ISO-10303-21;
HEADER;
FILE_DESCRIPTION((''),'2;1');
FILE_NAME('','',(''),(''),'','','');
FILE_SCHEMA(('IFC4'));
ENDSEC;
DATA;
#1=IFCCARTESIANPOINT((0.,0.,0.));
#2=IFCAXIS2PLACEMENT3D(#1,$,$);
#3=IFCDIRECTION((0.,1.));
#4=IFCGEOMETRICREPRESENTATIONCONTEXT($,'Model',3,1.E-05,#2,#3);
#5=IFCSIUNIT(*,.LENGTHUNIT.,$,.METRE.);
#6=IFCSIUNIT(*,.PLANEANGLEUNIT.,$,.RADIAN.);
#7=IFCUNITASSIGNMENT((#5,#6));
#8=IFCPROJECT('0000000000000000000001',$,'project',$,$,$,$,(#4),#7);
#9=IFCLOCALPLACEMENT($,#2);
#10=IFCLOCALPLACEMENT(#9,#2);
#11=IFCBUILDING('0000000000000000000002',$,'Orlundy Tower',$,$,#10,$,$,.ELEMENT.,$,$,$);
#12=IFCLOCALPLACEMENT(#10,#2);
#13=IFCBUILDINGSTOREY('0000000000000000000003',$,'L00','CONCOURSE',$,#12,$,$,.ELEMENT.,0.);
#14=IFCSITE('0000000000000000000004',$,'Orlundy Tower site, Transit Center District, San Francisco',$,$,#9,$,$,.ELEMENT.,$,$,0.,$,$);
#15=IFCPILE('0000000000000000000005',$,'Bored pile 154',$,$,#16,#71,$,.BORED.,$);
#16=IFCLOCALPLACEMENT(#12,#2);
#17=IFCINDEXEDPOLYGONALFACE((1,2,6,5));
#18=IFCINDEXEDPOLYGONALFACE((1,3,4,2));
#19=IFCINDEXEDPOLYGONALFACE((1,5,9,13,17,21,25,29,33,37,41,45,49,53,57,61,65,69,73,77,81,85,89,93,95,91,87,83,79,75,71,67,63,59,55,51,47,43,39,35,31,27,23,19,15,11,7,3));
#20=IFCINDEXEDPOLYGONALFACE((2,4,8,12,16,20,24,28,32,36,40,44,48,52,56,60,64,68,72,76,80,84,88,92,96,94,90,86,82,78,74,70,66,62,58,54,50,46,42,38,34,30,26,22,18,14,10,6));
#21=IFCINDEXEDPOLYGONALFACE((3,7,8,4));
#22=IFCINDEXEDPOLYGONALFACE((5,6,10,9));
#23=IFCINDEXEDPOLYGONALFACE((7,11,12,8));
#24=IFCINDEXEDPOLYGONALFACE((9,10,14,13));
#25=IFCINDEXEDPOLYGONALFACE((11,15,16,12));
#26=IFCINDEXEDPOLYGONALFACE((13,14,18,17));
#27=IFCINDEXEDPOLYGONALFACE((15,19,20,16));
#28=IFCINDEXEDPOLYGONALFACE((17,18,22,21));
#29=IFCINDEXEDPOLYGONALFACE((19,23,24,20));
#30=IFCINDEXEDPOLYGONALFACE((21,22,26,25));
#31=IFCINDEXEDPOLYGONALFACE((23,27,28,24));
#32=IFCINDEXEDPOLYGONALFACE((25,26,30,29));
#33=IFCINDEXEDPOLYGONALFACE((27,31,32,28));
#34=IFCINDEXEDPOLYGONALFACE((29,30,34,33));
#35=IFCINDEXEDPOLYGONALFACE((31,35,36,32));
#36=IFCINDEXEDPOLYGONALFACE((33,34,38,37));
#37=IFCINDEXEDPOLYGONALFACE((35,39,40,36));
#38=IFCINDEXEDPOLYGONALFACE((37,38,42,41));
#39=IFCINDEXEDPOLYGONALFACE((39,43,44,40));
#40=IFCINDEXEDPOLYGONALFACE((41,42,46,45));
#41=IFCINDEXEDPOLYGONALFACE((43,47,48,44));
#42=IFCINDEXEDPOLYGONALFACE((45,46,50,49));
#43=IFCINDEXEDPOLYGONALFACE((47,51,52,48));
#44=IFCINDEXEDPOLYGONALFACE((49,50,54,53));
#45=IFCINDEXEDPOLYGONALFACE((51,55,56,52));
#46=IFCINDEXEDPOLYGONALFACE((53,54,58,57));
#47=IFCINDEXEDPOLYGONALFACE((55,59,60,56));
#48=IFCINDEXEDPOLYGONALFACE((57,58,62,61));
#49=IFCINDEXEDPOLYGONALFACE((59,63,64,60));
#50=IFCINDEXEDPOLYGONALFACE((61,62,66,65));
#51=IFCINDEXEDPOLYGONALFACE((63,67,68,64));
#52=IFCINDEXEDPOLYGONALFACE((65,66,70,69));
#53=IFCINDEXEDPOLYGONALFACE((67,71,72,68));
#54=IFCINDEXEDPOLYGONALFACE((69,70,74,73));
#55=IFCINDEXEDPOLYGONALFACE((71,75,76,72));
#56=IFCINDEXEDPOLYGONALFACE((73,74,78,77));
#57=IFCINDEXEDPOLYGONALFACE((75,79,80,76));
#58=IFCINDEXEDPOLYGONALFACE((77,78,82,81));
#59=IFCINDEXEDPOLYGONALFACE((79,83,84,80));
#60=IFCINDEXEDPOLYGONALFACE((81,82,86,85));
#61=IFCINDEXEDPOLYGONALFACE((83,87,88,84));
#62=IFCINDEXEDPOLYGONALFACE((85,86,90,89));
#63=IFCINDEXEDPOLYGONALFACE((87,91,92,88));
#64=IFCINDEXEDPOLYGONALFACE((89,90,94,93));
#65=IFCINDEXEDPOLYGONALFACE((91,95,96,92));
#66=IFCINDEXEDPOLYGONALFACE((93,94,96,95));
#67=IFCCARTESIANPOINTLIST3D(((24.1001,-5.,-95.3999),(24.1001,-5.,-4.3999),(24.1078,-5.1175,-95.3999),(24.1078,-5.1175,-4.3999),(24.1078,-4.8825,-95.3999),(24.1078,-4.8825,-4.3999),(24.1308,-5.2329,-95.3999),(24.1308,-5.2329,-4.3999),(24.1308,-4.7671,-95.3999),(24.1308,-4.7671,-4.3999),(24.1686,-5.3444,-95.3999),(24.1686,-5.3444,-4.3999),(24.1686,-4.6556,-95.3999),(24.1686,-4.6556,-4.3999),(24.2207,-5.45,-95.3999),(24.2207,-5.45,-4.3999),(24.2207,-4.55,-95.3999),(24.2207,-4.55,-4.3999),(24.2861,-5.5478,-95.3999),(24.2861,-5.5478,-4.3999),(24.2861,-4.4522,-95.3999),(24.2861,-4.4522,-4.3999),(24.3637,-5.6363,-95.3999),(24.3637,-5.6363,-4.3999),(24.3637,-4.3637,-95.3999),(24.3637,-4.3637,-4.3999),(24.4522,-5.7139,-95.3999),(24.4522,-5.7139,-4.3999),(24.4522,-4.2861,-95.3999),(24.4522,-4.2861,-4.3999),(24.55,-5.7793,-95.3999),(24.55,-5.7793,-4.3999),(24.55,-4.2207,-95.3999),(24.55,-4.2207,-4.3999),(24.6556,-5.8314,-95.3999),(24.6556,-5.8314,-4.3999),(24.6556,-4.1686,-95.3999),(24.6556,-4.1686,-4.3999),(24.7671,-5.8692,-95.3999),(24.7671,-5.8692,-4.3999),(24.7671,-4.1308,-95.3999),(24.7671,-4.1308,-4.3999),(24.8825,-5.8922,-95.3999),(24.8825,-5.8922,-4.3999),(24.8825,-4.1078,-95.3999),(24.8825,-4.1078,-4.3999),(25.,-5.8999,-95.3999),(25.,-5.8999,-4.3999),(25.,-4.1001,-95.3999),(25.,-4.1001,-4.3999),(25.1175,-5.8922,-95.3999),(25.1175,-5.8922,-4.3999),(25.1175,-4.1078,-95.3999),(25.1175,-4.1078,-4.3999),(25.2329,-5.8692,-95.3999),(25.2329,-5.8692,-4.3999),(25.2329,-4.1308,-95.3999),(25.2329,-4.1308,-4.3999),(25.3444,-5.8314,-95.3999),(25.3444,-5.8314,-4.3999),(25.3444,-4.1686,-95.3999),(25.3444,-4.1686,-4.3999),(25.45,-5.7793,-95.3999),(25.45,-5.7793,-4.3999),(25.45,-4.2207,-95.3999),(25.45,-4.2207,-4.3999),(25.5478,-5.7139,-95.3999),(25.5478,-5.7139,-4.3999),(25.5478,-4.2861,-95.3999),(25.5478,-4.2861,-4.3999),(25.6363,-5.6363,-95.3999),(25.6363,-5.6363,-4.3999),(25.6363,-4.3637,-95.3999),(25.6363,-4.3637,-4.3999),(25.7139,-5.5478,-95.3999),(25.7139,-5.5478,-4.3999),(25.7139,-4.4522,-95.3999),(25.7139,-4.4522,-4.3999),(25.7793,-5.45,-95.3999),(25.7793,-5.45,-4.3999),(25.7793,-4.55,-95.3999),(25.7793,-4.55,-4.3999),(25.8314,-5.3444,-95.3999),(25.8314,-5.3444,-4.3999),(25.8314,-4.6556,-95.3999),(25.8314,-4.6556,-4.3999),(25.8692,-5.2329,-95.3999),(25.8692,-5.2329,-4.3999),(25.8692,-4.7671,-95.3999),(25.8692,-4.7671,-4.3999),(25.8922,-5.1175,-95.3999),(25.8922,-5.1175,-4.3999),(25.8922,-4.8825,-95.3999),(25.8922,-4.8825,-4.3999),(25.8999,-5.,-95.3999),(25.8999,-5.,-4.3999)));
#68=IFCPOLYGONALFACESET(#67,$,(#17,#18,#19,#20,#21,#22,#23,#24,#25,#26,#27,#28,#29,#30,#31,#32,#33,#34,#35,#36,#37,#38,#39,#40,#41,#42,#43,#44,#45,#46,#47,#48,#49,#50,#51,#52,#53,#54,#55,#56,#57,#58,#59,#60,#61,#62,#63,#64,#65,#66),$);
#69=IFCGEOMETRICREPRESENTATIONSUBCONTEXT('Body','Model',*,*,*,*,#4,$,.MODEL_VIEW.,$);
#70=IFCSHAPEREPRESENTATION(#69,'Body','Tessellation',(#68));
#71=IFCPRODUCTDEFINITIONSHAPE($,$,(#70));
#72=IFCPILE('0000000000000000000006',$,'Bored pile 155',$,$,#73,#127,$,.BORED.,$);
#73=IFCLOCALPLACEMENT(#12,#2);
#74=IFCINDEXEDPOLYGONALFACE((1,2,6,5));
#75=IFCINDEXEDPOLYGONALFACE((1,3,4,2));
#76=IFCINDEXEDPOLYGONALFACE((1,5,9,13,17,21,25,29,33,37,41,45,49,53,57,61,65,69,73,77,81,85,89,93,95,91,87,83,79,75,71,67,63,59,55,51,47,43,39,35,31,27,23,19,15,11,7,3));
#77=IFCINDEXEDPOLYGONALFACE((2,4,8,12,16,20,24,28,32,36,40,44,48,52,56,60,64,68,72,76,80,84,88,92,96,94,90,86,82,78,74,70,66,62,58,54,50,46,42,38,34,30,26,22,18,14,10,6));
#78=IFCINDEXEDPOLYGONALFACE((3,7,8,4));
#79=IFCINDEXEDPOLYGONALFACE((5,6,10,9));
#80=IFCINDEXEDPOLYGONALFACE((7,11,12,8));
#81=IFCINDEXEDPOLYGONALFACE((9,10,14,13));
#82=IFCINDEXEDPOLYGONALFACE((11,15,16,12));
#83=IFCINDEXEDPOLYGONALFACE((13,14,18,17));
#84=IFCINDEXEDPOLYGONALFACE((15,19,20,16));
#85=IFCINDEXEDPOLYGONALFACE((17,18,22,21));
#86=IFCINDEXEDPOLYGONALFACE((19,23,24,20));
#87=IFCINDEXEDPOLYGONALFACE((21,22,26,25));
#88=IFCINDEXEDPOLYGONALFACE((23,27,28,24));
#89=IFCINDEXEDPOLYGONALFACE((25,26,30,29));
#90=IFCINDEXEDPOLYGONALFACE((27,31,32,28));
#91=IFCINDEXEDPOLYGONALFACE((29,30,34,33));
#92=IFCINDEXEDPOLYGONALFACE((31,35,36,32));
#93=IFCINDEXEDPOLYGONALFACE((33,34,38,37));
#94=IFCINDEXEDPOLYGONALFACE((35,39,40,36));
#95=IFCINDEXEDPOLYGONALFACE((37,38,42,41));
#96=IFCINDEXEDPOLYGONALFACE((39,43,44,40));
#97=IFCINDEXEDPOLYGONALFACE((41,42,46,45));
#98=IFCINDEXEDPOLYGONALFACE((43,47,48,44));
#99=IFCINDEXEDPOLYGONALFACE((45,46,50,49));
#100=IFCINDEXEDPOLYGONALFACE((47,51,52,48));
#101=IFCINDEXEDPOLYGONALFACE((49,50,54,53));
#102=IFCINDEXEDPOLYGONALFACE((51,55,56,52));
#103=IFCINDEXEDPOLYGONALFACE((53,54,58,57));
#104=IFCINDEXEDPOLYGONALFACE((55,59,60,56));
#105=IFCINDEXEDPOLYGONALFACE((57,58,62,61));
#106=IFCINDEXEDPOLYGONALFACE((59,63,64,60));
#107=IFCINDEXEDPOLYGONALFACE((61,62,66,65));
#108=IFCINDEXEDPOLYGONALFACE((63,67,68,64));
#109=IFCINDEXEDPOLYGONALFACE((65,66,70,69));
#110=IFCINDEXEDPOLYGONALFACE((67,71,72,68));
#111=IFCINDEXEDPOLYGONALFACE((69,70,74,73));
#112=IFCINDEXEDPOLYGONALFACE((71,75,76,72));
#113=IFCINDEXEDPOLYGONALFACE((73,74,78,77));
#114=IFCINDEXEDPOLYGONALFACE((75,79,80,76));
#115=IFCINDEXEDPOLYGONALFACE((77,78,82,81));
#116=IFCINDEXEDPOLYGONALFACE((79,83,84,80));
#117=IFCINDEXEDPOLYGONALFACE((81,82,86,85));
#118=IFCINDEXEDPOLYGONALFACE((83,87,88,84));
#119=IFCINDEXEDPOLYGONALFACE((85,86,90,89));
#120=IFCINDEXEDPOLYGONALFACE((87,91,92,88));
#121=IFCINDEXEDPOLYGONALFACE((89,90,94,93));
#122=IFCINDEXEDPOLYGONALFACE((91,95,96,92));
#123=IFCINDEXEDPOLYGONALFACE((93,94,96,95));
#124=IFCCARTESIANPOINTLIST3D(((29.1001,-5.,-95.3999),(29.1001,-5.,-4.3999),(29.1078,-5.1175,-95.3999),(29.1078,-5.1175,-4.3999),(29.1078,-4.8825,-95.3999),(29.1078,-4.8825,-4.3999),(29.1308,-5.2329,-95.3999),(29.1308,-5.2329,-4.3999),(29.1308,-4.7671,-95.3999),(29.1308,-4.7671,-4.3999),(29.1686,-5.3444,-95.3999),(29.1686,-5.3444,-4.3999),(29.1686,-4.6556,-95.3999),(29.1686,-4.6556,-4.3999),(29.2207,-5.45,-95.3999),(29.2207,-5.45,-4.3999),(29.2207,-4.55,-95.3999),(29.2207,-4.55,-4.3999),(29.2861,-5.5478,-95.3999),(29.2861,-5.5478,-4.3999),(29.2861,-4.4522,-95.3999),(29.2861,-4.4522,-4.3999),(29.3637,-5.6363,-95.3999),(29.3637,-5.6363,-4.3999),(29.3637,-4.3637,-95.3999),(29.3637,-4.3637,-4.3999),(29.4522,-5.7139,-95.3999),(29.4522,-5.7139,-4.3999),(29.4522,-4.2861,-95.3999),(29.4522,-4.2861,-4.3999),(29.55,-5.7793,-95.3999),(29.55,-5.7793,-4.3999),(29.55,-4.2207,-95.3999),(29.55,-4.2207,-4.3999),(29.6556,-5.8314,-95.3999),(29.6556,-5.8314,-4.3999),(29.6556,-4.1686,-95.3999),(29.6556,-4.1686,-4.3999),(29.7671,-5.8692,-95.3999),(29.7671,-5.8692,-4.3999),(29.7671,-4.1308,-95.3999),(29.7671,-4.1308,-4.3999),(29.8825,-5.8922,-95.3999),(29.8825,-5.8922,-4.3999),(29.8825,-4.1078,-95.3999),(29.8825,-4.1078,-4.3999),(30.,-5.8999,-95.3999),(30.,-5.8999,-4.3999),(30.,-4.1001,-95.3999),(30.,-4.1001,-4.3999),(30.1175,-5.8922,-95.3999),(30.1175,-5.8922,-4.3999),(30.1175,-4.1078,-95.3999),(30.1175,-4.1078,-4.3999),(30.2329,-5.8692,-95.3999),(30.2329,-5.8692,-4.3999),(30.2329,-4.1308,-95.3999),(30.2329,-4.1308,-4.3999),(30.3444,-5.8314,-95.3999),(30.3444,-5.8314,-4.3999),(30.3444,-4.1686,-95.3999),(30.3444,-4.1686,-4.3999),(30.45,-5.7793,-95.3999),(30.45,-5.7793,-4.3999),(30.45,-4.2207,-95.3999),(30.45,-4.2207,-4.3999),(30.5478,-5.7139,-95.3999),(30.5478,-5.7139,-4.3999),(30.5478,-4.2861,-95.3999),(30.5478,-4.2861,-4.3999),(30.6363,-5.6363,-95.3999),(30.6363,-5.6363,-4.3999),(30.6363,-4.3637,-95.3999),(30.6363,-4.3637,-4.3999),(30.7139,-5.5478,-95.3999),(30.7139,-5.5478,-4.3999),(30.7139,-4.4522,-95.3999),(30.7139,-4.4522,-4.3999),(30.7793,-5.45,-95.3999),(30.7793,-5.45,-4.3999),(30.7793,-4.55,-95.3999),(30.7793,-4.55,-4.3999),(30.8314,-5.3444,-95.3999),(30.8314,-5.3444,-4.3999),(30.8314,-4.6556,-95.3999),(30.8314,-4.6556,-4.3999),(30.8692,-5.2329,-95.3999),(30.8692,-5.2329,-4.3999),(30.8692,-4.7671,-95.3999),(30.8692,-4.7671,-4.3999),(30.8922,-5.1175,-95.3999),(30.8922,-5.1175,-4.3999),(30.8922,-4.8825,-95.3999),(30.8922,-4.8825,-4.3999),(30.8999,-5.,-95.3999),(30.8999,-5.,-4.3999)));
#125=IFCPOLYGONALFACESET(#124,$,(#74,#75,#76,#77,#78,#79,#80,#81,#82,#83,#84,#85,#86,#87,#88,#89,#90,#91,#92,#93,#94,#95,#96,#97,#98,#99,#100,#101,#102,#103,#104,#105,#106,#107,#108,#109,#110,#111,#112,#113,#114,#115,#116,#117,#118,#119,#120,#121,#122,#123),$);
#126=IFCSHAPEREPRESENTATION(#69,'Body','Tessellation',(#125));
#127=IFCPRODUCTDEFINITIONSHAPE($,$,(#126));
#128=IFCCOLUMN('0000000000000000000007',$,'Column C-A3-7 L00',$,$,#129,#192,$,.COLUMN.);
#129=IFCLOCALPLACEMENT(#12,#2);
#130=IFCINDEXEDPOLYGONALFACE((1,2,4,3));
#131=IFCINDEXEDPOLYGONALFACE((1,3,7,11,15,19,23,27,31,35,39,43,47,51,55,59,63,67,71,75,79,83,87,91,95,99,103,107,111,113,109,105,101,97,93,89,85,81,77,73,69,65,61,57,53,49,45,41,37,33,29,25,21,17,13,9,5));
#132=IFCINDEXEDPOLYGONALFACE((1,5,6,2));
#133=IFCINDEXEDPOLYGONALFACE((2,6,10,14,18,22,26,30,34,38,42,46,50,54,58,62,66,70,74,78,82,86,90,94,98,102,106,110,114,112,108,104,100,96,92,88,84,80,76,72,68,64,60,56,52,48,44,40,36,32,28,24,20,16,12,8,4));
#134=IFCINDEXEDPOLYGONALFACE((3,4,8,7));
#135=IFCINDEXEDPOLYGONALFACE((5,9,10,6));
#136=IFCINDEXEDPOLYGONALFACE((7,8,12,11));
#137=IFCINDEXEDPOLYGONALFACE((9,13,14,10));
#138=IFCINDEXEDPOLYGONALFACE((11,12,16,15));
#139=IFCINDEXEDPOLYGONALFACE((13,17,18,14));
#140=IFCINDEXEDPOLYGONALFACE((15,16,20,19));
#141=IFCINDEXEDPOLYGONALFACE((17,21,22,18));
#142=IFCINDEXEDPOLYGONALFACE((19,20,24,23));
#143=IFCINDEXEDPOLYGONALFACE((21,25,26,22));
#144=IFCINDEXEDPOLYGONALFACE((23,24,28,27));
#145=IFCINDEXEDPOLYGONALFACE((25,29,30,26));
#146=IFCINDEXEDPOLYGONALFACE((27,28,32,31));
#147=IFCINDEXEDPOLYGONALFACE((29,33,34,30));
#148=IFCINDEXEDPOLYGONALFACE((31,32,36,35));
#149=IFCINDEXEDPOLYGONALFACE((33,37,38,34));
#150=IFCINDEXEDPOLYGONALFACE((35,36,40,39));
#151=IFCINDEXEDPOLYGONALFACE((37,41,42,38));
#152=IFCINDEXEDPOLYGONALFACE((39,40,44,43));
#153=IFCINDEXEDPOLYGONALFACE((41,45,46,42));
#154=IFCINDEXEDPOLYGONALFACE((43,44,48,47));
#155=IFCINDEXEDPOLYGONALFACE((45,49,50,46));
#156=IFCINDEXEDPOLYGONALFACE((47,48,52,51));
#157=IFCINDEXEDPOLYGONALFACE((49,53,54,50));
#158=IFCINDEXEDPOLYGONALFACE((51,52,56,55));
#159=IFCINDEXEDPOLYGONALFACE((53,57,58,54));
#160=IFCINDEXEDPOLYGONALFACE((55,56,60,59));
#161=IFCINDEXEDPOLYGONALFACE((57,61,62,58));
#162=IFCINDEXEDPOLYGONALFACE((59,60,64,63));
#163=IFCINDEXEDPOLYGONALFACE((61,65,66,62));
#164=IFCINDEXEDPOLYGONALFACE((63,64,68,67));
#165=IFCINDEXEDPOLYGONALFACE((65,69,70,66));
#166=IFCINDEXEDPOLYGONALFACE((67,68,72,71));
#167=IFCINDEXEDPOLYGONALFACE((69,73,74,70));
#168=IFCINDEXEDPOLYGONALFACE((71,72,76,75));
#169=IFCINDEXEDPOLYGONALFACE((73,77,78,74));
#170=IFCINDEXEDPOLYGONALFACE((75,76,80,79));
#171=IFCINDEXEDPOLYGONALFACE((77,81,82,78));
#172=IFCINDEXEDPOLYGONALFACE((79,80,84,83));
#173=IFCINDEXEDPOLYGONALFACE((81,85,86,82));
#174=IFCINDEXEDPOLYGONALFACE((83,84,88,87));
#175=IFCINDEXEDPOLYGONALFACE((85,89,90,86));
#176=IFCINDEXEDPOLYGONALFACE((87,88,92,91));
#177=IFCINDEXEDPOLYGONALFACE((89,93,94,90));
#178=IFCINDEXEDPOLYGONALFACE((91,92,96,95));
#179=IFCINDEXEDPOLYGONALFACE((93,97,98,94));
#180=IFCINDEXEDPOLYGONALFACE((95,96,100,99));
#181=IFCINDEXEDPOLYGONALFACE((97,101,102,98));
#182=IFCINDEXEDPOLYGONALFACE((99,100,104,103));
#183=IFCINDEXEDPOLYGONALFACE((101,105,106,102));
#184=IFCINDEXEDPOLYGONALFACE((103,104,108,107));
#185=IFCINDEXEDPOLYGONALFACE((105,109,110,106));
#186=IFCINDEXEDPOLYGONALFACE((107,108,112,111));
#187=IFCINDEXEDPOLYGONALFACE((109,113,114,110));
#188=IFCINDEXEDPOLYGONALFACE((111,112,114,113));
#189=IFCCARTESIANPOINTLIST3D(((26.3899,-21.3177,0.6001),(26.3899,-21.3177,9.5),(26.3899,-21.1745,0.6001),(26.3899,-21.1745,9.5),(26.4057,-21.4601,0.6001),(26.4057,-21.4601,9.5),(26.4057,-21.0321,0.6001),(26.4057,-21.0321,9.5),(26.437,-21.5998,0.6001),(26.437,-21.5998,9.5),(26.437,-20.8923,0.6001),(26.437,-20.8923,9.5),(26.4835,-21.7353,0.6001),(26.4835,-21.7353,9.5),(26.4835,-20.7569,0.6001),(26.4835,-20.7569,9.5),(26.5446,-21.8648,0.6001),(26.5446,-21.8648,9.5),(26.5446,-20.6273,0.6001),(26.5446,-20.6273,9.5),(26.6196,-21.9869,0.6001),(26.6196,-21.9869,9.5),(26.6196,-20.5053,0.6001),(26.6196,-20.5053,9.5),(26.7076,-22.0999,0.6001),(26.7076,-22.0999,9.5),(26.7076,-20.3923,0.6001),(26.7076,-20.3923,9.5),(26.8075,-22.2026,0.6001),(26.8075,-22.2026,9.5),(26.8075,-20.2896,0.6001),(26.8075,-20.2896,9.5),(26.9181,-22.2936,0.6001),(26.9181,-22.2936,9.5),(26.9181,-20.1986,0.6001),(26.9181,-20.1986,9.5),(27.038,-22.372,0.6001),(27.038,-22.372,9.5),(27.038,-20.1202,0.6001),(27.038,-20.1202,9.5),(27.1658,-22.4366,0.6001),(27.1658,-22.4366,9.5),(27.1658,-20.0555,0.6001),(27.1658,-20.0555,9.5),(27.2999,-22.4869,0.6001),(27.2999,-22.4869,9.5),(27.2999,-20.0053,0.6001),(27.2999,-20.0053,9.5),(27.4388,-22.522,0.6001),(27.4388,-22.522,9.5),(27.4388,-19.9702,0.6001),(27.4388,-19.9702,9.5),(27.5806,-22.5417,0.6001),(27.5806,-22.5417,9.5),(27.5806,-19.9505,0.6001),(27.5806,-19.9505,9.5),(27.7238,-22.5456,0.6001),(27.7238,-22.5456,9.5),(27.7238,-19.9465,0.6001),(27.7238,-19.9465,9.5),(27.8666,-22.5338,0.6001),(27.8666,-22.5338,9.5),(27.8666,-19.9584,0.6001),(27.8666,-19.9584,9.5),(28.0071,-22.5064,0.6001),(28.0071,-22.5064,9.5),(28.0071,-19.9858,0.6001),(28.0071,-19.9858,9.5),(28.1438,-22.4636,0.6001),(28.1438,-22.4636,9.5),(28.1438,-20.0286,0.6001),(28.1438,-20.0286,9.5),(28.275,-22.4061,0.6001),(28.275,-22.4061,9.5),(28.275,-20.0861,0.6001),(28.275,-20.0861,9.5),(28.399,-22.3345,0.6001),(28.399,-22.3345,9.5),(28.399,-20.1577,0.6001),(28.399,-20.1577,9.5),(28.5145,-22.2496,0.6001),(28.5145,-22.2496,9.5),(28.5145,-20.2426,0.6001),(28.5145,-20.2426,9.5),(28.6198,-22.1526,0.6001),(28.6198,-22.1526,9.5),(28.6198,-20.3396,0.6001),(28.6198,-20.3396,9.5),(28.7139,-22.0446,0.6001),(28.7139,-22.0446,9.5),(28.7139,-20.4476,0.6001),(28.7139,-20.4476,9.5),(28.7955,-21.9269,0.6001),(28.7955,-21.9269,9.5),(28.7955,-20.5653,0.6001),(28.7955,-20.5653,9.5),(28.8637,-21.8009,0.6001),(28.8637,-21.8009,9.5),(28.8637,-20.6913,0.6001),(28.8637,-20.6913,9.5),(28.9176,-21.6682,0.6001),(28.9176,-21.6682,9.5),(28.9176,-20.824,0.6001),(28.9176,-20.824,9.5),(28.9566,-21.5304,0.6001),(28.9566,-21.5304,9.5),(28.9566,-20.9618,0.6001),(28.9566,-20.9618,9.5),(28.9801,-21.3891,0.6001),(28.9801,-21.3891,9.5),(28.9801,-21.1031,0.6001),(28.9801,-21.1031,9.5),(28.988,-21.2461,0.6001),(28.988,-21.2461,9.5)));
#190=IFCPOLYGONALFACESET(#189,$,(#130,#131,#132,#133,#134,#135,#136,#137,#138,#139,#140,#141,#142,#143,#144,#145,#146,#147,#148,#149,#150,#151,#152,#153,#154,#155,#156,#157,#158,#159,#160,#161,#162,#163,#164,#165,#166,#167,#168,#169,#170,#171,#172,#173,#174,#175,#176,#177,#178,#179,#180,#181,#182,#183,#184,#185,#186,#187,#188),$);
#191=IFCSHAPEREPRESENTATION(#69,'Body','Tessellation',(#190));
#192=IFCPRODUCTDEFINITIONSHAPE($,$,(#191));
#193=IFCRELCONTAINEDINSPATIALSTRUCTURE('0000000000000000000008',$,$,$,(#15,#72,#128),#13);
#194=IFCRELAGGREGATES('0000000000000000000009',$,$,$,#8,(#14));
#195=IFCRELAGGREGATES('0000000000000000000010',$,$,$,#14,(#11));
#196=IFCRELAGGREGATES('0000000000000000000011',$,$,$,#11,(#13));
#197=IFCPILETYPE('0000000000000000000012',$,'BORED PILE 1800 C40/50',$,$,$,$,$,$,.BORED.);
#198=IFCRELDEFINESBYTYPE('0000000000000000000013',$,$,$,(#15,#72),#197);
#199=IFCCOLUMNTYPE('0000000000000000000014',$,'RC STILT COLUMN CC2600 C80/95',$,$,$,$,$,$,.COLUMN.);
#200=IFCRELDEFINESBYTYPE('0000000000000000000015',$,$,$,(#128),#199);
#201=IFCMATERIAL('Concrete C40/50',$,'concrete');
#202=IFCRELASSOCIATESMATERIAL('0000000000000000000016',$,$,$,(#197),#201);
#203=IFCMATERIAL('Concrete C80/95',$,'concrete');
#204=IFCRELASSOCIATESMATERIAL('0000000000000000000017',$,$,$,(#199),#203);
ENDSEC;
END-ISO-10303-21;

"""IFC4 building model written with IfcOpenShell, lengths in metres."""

from ifc_helpers import new_model, si_unit, direction, frame, origin, origin_2d, place, context, subcontext, project, spatial, circle, extrude, material, material_profile, profile_set, type_object, element, save


model = new_model("IFC4")

# Units and contexts
model_context = context("Model", 3, precision=1e-05, world=origin(), true_north=direction((0.0, 1.0)))
body_context = subcontext(model_context, "Body", "Model", "MODEL_VIEW")
ifc_project = project(units=[si_unit("LENGTHUNIT", "METRE"), si_unit("PLANEANGLEUNIT", "RADIAN")], contexts=[model_context])

# Site, building, storey
site_placement = place(None, origin())
site = spatial("IfcSite", under=ifc_project, at=site_placement, Name="Orlundy Tower site, Transit Center District, San Francisco", CompositionType="ELEMENT", RefElevation=0.0)
building_placement = place(site_placement, origin())
building = spatial("IfcBuilding", under=site, at=building_placement, Name="Orlundy Tower", CompositionType="ELEMENT")
storey_placement = place(building_placement, origin())
storey = spatial("IfcBuildingStorey", under=building, at=storey_placement, Name="L00", Description="CONCOURSE", CompositionType="ELEMENT", Elevation=0.0)

# Piles
ifc_material_1 = material(Name="Concrete C40/50", Category="concrete")
ifc_material_profile_1 = material_profile(ifc_material_1, circle(Radius=0.8999, at=origin_2d()), Name="BP1800")
ifc_profile_set_1 = profile_set([ifc_material_profile_1], Name="Concrete C40/50")
pile_type = type_object("IfcPileType", Name="BORED PILE 1800 C40/50", PredefinedType="BORED", material=ifc_profile_set_1)
for number, where, z_axis, x_axis, name in (
    (1, (25.0, -5.0, -4.3999), (0.0, 0.0, -1.0), (1.0, 0.0, 0.0), "Bored pile 154"),
    (2, (30.0, -5.0, -4.3999), (0.0, 0.0, -1.0), (1.0, 0.0, 0.0), "Bored pile 155"),
):
    element("IfcPile", number, at=place(storey_placement, frame(where, z_axis=z_axis, x_axis=x_axis)), inside=storey, type_object=pile_type, Name=name, PredefinedType="BORED", context=body_context, shape_type="SweptSolid", body=[
        extrude(circle(Radius=0.8999, at=origin_2d()), origin(), (0.0, 0.0, 1.0), 91.0),
    ])

# Column
ifc_material_2 = material(Name="Concrete C80/95", Category="concrete")
ifc_material_profile_2 = material_profile(ifc_material_2, circle(Radius=1.3, at=origin_2d()), Name="CC2600")
ifc_profile_set_2 = profile_set([ifc_material_profile_2], Name="Concrete C80/95")
column_type = type_object("IfcColumnType", Name="RC STILT COLUMN CC2600 C80/95", PredefinedType="COLUMN", material=ifc_profile_set_2)
for number, where, z_axis, x_axis, name in (
    (3, (27.688, -21.2461, 0.6001), (0.0, 0.0, 1.0), (1.0, 0.0, 0.0), "Column C-A3-7 L00"),
):
    element("IfcColumn", number, at=place(storey_placement, frame(where, z_axis=z_axis, x_axis=x_axis)), inside=storey, type_object=column_type, Name=name, PredefinedType="COLUMN", context=body_context, shape_type="SweptSolid", body=[
        extrude(circle(Radius=1.3, at=origin_2d()), origin(), (0.0, 0.0, 1.0), 8.8999),
    ])

save(model, "model.ifc")
